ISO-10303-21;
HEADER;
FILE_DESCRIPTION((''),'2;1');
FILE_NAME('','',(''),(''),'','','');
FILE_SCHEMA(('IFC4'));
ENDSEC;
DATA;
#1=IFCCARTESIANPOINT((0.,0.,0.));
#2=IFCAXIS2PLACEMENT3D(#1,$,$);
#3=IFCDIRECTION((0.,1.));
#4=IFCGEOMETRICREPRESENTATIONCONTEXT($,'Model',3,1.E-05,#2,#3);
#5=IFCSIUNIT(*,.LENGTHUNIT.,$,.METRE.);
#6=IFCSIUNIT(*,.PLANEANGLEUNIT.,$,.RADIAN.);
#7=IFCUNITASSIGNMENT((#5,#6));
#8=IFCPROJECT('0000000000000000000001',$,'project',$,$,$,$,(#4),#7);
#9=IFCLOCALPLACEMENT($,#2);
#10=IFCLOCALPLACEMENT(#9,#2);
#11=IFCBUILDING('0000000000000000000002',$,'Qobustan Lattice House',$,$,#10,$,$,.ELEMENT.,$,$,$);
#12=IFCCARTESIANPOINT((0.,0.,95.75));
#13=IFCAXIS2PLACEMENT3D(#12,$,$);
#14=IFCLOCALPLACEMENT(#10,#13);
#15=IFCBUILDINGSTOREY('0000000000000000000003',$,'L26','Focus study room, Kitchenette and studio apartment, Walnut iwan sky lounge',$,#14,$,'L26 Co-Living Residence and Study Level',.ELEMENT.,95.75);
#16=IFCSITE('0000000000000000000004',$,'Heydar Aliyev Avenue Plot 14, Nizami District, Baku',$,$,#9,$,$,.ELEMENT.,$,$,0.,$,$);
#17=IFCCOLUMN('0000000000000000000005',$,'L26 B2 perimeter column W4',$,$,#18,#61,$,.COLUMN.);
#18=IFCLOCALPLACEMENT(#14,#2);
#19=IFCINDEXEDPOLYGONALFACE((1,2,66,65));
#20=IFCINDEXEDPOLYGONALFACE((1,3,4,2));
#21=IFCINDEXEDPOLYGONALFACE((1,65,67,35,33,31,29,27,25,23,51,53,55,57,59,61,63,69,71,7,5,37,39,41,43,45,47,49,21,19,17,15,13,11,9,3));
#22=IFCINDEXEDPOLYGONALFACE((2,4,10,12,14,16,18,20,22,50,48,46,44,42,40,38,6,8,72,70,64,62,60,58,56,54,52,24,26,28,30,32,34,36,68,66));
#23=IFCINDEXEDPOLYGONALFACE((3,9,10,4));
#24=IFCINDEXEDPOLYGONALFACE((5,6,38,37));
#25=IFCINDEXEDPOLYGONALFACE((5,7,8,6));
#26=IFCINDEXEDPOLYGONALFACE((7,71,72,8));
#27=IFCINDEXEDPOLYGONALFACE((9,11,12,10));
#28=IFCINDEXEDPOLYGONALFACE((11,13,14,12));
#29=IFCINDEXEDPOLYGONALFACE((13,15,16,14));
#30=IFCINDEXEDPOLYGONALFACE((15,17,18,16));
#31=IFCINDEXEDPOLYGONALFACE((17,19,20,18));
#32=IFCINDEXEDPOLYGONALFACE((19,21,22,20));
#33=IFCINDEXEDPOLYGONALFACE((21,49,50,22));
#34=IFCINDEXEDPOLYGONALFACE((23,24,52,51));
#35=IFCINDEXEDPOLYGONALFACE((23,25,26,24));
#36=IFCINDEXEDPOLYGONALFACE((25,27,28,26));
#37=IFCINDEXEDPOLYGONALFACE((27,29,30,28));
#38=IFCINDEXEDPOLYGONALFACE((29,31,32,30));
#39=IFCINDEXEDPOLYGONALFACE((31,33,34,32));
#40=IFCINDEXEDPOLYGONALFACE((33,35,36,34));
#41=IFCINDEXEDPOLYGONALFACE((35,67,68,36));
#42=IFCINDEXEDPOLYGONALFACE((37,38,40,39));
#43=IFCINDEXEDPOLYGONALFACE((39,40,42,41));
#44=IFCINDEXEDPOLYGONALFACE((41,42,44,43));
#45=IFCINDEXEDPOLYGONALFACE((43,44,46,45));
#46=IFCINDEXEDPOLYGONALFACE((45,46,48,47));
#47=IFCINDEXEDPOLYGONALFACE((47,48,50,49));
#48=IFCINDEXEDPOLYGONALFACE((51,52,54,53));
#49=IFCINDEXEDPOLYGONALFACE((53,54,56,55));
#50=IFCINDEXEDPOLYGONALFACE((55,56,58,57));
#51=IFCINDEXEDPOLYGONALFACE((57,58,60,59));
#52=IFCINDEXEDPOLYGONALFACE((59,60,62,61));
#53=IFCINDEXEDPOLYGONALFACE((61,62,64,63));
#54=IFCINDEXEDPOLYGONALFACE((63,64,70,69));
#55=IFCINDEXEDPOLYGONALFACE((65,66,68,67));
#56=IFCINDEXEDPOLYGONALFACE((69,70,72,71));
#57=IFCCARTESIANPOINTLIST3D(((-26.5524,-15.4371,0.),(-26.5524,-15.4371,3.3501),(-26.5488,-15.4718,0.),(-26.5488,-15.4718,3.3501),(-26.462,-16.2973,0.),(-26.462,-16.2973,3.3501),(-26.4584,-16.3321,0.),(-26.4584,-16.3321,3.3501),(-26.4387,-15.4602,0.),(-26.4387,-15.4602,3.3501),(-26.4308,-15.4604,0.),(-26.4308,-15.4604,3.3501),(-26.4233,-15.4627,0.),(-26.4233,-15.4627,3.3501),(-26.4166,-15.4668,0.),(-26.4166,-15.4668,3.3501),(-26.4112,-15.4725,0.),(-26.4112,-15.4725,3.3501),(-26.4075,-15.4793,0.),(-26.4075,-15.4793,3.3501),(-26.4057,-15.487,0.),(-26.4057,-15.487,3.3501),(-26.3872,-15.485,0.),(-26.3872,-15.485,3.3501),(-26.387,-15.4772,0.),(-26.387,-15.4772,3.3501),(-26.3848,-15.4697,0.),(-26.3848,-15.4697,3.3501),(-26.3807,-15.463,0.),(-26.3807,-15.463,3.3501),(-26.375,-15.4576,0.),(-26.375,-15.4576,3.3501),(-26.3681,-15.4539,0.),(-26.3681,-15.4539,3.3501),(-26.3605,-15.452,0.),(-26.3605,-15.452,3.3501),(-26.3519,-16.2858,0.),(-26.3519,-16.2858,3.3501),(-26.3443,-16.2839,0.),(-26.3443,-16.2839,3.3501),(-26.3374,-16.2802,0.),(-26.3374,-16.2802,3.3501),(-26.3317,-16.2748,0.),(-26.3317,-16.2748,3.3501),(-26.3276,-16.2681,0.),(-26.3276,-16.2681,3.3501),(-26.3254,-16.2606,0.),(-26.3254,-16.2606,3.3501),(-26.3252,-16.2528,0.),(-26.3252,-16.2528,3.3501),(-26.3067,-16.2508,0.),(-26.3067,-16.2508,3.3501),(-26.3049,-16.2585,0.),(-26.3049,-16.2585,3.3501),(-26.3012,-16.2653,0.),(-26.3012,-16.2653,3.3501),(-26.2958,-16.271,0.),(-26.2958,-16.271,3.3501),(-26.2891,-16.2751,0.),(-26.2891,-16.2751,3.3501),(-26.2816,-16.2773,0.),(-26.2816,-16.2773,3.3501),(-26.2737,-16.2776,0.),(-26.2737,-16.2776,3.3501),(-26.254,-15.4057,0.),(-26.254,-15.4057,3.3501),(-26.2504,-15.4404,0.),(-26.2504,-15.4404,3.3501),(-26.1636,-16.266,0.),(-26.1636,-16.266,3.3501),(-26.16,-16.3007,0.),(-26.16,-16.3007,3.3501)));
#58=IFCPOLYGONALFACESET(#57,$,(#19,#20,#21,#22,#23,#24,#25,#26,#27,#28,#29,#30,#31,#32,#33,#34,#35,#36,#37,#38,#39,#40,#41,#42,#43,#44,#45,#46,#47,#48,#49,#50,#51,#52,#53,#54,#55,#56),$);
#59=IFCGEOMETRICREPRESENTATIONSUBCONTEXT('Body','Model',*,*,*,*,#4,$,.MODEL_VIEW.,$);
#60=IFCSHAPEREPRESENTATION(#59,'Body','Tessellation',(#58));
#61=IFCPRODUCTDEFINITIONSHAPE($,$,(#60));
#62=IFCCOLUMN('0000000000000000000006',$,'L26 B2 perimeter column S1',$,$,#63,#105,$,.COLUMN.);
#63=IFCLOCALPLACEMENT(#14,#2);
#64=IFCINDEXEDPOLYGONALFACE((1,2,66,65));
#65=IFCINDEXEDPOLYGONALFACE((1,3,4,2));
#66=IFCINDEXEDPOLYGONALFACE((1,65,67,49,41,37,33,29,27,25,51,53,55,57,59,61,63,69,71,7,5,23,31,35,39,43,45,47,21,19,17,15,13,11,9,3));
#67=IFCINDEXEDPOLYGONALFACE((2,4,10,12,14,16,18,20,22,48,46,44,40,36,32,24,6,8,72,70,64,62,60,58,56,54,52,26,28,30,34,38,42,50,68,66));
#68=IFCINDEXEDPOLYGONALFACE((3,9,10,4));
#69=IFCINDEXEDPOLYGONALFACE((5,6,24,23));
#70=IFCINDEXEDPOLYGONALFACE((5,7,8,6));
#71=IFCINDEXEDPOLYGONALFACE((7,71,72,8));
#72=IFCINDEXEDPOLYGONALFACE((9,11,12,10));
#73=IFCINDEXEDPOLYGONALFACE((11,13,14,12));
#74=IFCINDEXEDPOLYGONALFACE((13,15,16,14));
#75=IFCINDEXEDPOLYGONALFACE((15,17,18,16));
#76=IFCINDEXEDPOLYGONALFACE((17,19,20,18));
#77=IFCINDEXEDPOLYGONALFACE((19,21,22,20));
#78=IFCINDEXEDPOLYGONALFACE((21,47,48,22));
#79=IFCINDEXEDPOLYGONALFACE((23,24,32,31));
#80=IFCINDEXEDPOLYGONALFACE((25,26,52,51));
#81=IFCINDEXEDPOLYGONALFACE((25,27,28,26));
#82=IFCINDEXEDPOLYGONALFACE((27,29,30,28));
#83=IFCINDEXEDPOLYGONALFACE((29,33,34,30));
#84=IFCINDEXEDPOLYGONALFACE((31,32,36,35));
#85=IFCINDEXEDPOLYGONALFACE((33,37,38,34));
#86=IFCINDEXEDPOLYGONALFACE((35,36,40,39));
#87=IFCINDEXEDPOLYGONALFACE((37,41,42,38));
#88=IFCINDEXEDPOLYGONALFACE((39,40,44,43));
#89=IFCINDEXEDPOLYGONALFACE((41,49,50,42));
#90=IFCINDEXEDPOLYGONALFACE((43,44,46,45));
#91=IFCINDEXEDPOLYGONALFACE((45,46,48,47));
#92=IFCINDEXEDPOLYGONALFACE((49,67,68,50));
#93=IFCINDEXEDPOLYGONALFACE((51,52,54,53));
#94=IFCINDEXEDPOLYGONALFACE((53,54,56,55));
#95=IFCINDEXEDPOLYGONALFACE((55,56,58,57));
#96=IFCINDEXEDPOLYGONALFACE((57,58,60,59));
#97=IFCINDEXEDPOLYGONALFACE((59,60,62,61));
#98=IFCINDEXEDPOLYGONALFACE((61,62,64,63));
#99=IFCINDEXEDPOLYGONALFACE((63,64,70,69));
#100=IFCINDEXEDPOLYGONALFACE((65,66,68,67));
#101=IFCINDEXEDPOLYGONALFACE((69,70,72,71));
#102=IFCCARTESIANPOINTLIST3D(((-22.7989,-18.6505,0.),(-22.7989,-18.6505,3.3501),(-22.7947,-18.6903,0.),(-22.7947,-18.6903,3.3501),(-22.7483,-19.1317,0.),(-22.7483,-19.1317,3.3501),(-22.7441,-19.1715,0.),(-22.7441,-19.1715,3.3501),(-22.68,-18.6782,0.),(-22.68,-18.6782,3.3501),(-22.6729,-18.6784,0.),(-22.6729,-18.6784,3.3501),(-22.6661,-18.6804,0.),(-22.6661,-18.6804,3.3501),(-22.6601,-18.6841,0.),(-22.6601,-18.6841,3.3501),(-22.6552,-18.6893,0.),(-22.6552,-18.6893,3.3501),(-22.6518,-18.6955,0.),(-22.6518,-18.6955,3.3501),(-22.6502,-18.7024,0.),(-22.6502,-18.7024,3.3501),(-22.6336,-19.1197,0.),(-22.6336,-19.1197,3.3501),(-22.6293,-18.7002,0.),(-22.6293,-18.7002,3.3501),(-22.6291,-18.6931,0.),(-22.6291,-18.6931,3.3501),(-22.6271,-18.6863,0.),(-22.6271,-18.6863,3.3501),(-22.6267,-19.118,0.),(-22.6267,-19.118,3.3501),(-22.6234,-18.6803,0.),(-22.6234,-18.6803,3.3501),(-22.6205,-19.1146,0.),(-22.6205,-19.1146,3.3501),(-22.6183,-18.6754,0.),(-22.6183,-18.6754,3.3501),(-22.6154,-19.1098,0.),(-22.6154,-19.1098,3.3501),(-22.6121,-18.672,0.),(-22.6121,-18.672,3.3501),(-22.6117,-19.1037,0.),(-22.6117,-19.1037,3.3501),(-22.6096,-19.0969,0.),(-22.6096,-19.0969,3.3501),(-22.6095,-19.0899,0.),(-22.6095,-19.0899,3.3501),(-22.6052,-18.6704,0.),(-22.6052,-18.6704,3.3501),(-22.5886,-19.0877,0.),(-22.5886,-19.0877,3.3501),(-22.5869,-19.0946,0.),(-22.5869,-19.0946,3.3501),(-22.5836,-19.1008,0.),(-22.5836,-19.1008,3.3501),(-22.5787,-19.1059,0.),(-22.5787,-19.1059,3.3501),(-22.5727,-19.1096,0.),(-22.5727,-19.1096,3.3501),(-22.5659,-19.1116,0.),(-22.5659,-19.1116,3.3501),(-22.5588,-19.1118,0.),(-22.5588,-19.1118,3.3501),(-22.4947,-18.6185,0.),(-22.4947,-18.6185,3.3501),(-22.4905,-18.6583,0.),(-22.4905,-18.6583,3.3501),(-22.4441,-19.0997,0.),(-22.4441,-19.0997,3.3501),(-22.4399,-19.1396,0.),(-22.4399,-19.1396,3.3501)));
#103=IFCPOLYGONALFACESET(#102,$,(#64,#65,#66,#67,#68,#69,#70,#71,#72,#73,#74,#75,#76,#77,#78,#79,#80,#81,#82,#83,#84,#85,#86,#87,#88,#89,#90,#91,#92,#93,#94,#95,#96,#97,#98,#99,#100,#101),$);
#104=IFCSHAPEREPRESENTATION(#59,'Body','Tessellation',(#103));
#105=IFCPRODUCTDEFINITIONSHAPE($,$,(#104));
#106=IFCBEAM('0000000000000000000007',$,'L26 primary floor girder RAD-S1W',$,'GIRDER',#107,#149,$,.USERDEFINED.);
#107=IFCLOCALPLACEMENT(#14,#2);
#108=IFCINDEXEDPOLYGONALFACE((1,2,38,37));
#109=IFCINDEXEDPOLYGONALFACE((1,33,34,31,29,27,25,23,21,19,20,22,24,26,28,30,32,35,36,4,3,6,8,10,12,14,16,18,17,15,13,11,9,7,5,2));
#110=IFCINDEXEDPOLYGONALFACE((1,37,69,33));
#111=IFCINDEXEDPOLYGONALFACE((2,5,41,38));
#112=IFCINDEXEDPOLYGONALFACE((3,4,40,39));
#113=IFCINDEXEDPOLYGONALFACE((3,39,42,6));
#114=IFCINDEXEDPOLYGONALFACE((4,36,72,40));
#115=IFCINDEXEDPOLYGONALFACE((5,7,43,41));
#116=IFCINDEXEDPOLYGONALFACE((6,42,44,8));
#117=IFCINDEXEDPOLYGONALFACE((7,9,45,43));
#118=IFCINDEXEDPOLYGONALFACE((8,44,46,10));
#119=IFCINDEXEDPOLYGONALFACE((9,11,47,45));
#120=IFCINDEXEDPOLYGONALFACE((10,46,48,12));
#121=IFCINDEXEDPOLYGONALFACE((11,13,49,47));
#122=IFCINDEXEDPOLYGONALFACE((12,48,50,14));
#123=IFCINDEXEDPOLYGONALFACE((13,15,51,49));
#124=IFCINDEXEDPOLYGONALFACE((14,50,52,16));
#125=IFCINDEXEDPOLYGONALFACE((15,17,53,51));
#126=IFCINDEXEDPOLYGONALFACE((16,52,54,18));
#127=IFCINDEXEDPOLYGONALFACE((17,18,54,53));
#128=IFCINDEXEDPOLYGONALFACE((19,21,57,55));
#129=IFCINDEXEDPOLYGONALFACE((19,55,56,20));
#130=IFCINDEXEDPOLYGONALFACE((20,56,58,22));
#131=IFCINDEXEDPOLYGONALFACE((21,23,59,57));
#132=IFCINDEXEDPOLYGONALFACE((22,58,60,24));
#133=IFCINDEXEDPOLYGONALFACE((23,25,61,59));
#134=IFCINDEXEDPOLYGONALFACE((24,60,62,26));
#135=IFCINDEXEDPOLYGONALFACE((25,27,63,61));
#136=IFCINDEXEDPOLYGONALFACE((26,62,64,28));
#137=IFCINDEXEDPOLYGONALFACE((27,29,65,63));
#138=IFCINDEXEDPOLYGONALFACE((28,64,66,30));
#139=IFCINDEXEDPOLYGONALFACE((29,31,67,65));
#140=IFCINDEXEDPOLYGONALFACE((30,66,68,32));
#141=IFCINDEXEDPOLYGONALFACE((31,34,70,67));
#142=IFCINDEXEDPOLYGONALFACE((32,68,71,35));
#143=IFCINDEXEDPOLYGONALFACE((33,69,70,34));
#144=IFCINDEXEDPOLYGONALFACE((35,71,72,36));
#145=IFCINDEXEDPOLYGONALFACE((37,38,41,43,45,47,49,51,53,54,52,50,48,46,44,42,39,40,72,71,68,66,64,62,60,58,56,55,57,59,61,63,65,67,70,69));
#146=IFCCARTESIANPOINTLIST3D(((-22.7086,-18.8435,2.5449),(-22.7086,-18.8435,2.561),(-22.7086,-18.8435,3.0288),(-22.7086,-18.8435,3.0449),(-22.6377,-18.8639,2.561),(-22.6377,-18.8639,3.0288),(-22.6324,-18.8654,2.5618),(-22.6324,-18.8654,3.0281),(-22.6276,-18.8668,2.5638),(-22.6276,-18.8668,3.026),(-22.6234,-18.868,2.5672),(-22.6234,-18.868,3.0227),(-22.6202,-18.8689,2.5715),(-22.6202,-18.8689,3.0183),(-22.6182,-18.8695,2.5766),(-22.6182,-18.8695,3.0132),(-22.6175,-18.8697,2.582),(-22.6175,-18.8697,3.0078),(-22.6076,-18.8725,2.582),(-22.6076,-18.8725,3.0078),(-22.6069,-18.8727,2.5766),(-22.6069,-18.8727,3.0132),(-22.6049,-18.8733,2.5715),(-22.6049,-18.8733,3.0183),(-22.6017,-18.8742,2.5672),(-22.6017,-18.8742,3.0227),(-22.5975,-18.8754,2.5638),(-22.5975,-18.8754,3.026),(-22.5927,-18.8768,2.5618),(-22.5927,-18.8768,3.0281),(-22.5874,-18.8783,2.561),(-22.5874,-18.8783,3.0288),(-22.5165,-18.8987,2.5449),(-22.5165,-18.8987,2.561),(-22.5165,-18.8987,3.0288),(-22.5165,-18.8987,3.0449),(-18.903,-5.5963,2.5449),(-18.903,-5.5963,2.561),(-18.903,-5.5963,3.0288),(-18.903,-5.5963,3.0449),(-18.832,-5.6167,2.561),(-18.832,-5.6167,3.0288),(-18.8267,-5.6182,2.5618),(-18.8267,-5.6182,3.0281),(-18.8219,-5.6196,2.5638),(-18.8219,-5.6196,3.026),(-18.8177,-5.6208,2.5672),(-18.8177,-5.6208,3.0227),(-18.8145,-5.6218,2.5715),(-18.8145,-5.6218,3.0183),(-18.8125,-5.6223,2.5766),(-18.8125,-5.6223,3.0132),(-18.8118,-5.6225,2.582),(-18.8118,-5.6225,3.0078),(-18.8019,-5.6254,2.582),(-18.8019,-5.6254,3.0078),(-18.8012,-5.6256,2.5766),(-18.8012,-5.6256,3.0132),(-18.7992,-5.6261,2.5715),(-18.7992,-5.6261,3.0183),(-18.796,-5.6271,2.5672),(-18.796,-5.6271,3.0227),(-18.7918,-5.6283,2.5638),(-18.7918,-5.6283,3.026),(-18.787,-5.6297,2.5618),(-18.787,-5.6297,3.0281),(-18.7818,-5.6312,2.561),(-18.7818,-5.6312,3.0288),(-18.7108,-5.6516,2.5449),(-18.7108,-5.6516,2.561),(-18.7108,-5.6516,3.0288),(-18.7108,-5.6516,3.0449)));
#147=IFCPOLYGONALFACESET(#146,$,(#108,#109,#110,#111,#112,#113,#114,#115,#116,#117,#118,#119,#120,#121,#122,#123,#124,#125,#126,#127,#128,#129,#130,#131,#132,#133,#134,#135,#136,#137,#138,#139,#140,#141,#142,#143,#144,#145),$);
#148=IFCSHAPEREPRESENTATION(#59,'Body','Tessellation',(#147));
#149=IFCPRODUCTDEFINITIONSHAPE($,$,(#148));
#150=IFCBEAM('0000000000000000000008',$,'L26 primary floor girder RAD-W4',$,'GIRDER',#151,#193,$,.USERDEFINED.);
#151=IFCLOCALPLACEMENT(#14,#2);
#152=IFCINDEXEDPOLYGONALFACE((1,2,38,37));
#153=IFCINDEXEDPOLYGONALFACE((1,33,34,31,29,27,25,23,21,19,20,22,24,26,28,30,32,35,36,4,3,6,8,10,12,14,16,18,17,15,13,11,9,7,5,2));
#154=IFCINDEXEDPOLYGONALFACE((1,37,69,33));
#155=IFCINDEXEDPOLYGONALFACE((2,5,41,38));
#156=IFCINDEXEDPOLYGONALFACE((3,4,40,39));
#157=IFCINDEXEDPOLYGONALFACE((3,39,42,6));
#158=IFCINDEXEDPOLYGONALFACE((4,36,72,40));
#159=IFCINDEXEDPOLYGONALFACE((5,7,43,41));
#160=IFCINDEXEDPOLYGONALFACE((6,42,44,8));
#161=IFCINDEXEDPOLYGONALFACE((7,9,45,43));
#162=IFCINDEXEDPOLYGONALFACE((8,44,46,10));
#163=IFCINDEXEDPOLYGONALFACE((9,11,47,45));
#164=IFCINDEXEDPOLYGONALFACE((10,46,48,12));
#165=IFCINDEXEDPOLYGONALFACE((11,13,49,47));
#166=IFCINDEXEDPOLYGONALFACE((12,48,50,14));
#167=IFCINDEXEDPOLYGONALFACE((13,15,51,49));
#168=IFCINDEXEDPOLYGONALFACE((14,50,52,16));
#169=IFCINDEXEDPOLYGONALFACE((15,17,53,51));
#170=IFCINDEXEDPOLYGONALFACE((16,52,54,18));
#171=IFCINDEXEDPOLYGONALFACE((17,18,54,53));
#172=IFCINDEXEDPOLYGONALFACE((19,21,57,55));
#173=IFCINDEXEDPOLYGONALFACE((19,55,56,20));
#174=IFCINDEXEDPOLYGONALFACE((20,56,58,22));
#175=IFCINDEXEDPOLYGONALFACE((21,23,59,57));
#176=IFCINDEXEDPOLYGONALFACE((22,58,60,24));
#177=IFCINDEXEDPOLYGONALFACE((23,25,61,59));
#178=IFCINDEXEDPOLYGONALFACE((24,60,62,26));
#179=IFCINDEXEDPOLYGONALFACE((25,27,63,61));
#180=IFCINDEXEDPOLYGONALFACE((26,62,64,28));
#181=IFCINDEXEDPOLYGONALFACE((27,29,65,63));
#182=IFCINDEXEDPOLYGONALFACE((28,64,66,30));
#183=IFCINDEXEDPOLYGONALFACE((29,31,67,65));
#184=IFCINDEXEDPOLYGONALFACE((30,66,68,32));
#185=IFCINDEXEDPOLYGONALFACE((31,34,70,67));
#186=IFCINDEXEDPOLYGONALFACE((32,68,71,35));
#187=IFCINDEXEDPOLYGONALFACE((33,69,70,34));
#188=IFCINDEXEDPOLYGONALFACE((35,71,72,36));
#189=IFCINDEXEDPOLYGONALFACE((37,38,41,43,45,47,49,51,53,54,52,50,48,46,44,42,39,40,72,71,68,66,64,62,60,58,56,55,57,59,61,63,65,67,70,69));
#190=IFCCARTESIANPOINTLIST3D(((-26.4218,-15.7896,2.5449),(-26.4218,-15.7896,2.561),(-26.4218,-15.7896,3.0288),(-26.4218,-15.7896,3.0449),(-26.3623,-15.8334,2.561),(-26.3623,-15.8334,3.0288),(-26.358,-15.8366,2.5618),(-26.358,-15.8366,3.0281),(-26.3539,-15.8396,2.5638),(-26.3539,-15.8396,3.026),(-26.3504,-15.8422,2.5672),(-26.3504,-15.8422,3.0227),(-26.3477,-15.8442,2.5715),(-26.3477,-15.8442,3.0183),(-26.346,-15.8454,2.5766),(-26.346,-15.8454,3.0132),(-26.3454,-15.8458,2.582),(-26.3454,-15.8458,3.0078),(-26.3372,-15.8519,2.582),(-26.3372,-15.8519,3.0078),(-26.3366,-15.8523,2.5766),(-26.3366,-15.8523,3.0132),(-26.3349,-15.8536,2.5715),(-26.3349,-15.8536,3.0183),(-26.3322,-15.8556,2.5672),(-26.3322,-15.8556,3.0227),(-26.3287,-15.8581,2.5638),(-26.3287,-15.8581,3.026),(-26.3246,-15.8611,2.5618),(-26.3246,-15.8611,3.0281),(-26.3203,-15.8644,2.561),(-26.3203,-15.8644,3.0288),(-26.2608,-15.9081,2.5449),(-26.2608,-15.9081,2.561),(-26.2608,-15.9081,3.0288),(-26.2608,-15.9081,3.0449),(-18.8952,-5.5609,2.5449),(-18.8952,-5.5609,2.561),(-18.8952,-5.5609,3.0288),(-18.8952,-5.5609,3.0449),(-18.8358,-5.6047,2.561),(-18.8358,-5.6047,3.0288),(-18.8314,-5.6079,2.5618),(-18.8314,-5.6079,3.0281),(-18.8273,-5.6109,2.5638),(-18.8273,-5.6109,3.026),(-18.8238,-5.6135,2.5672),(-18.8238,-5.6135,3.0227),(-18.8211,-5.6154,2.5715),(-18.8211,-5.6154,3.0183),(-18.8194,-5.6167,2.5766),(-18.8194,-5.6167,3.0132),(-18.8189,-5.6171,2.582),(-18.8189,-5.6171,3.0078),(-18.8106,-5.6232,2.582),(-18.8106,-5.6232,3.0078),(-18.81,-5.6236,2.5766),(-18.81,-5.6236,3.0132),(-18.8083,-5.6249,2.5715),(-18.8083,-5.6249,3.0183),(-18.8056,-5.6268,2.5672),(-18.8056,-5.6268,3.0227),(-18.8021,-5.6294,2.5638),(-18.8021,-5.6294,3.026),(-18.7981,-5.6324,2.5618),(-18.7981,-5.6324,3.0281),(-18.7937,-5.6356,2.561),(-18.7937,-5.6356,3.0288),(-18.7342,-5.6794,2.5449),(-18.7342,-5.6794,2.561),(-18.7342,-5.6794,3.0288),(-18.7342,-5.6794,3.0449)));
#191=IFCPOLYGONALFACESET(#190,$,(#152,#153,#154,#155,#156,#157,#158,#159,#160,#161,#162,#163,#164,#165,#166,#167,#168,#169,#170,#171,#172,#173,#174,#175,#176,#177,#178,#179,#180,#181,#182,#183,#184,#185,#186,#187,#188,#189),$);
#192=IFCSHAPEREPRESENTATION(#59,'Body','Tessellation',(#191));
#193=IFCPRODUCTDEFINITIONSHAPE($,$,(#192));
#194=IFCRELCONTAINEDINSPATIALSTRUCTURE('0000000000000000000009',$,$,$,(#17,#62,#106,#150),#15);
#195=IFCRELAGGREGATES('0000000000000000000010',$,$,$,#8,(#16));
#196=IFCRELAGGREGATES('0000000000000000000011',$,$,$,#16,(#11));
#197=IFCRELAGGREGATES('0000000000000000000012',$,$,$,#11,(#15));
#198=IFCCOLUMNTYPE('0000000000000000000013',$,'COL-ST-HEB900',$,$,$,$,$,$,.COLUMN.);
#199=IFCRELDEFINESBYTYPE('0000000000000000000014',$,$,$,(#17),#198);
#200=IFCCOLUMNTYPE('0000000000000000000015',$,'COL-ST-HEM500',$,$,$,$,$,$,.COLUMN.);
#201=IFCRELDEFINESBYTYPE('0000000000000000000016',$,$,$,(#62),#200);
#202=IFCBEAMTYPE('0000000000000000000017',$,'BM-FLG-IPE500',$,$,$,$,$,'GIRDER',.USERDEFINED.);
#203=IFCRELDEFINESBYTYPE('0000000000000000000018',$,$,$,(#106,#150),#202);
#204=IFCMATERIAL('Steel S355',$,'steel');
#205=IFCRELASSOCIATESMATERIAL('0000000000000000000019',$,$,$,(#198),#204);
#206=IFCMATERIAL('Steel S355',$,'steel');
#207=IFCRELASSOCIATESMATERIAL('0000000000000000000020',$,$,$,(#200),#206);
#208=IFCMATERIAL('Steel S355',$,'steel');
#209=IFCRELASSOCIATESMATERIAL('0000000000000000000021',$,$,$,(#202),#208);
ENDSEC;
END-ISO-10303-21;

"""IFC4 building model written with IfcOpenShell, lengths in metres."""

from ifc_helpers import new_model, si_unit, direction, frame, origin, origin_2d, place, context, subcontext, project, spatial, i_section, extrude, material, material_profile, profile_set, type_object, element, save


model = new_model("IFC4")

# Units and contexts
model_context = context("Model", 3, precision=1e-05, world=origin(), true_north=direction((0.0, 1.0)))
body_context = subcontext(model_context, "Body", "Model", "MODEL_VIEW")
ifc_project = project(units=[si_unit("LENGTHUNIT", "METRE"), si_unit("PLANEANGLEUNIT", "RADIAN")], contexts=[model_context])

# Site, building, storey
site_placement = place(None, origin())
site = spatial("IfcSite", under=ifc_project, at=site_placement, Name="Heydar Aliyev Avenue Plot 14, Nizami District, Baku", CompositionType="ELEMENT", RefElevation=0.0)
building_placement = place(site_placement, origin())
building = spatial("IfcBuilding", under=site, at=building_placement, Name="Qobustan Lattice House", CompositionType="ELEMENT")
storey_placement = place(building_placement, frame((0.0, 0.0, 95.75)))
storey = spatial("IfcBuildingStorey", under=building, at=storey_placement, Name="L26", Description="Focus study room, Kitchenette and studio apartment, Walnut iwan sky lounge", LongName="L26 Co-Living Residence and Study Level", CompositionType="ELEMENT", Elevation=95.75)

# Columns
ifc_material_1 = material(Name="Steel S355", Category="steel")
ifc_material_profile_1 = material_profile(ifc_material_1, i_section(OverallWidth=0.3, OverallDepth=0.8999, WebThickness=0.0186, FlangeThickness=0.0349, FilletRadius=0.03, at=origin_2d()), Name="HEB900")
ifc_profile_set_1 = profile_set([ifc_material_profile_1], Name="Steel S355")
column_type_1 = type_object("IfcColumnType", Name="COL-ST-HEB900", PredefinedType="COLUMN", material=ifc_profile_set_1)
column_1_placement = place(storey_placement, frame((-26.3562, -15.8689, 0.0), z_axis=(0.0, 0.0, 1.0), x_axis=(0.994522, 0.104528, 0.0)))
element("IfcColumn", 1, at=column_1_placement, inside=storey, type_object=column_type_1, Name="L26 B2 perimeter column W4", PredefinedType="COLUMN", context=body_context, shape_type="SweptSolid", body=[
    extrude(i_section(OverallWidth=0.3, OverallDepth=0.8999, WebThickness=0.0186, FlangeThickness=0.0349, FilletRadius=0.03, at=origin_2d()), origin(), (0.0, 0.0, 1.0), 3.3501),
])
ifc_material_2 = material(Name="Steel S355", Category="steel")
ifc_material_profile_2 = material_profile(ifc_material_2, i_section(OverallWidth=0.3059, OverallDepth=0.5239, WebThickness=0.021, FlangeThickness=0.04, FilletRadius=0.0271, at=origin_2d()), Name="HEM500")
ifc_profile_set_2 = profile_set([ifc_material_profile_2], Name="Steel S355")
column_type_2 = type_object("IfcColumnType", Name="COL-ST-HEM500", PredefinedType="COLUMN", material=ifc_profile_set_2)
column_2_placement = place(storey_placement, frame((-22.6194, -18.895, 0.0), z_axis=(0.0, 0.0, 1.0), x_axis=(0.994522, 0.104528, 0.0)))
element("IfcColumn", 2, at=column_2_placement, inside=storey, type_object=column_type_2, Name="L26 B2 perimeter column S1", PredefinedType="COLUMN", context=body_context, shape_type="SweptSolid", body=[
    extrude(i_section(OverallWidth=0.3059, OverallDepth=0.5239, WebThickness=0.021, FlangeThickness=0.04, FilletRadius=0.0271, at=origin_2d()), origin(), (0.0, 0.0, 1.0), 3.3501),
])

# Beams
ifc_material_3 = material(Name="Steel S355", Category="steel")
ifc_material_profile_3 = material_profile(ifc_material_3, i_section(OverallWidth=0.2, OverallDepth=0.5, WebThickness=0.0103, FlangeThickness=0.0161, FilletRadius=0.021, at=origin_2d()), Name="IPE500")
ifc_profile_set_3 = profile_set([ifc_material_profile_3], Name="Steel S355")
beam_type_1 = type_object("IfcBeamType", Name="BM-FLG-IPE500", ElementType="GIRDER", PredefinedType="USERDEFINED", material=ifc_profile_set_3)
beam_1_placement = place(storey_placement, frame((-22.6125, -18.8711, 2.7949), z_axis=(0.276115, 0.961125, 0.0), x_axis=(-0.961125, 0.276115, 0.0)))
element("IfcBeam", 3, at=beam_1_placement, inside=storey, type_object=beam_type_1, Name="L26 primary floor girder RAD-S1W", ObjectType="GIRDER", PredefinedType="USERDEFINED", context=body_context, shape_type="SweptSolid", body=[
    extrude(i_section(OverallWidth=0.2, OverallDepth=0.5, WebThickness=0.0103, FlangeThickness=0.0161, FilletRadius=0.021, at=origin_2d()), origin(), (0.0, 0.0, 1.0), 13.783),
])
beam_2_placement = place(storey_placement, frame((-26.3413, -15.8489, 2.7949), z_axis=(0.59267, 0.805446, 0.0), x_axis=(-0.805446, 0.59267, 0.0)))
element("IfcBeam", 4, at=beam_2_placement, inside=storey, type_object=beam_type_1, Name="L26 primary floor girder RAD-W4", ObjectType="GIRDER", PredefinedType="USERDEFINED", context=body_context, shape_type="SweptSolid", body=[
    extrude(i_section(OverallWidth=0.2, OverallDepth=0.5, WebThickness=0.0103, FlangeThickness=0.0161, FilletRadius=0.021, at=origin_2d()), origin(), (0.0, 0.0, 1.0), 12.6995),
])

save(model, "model.ifc")
